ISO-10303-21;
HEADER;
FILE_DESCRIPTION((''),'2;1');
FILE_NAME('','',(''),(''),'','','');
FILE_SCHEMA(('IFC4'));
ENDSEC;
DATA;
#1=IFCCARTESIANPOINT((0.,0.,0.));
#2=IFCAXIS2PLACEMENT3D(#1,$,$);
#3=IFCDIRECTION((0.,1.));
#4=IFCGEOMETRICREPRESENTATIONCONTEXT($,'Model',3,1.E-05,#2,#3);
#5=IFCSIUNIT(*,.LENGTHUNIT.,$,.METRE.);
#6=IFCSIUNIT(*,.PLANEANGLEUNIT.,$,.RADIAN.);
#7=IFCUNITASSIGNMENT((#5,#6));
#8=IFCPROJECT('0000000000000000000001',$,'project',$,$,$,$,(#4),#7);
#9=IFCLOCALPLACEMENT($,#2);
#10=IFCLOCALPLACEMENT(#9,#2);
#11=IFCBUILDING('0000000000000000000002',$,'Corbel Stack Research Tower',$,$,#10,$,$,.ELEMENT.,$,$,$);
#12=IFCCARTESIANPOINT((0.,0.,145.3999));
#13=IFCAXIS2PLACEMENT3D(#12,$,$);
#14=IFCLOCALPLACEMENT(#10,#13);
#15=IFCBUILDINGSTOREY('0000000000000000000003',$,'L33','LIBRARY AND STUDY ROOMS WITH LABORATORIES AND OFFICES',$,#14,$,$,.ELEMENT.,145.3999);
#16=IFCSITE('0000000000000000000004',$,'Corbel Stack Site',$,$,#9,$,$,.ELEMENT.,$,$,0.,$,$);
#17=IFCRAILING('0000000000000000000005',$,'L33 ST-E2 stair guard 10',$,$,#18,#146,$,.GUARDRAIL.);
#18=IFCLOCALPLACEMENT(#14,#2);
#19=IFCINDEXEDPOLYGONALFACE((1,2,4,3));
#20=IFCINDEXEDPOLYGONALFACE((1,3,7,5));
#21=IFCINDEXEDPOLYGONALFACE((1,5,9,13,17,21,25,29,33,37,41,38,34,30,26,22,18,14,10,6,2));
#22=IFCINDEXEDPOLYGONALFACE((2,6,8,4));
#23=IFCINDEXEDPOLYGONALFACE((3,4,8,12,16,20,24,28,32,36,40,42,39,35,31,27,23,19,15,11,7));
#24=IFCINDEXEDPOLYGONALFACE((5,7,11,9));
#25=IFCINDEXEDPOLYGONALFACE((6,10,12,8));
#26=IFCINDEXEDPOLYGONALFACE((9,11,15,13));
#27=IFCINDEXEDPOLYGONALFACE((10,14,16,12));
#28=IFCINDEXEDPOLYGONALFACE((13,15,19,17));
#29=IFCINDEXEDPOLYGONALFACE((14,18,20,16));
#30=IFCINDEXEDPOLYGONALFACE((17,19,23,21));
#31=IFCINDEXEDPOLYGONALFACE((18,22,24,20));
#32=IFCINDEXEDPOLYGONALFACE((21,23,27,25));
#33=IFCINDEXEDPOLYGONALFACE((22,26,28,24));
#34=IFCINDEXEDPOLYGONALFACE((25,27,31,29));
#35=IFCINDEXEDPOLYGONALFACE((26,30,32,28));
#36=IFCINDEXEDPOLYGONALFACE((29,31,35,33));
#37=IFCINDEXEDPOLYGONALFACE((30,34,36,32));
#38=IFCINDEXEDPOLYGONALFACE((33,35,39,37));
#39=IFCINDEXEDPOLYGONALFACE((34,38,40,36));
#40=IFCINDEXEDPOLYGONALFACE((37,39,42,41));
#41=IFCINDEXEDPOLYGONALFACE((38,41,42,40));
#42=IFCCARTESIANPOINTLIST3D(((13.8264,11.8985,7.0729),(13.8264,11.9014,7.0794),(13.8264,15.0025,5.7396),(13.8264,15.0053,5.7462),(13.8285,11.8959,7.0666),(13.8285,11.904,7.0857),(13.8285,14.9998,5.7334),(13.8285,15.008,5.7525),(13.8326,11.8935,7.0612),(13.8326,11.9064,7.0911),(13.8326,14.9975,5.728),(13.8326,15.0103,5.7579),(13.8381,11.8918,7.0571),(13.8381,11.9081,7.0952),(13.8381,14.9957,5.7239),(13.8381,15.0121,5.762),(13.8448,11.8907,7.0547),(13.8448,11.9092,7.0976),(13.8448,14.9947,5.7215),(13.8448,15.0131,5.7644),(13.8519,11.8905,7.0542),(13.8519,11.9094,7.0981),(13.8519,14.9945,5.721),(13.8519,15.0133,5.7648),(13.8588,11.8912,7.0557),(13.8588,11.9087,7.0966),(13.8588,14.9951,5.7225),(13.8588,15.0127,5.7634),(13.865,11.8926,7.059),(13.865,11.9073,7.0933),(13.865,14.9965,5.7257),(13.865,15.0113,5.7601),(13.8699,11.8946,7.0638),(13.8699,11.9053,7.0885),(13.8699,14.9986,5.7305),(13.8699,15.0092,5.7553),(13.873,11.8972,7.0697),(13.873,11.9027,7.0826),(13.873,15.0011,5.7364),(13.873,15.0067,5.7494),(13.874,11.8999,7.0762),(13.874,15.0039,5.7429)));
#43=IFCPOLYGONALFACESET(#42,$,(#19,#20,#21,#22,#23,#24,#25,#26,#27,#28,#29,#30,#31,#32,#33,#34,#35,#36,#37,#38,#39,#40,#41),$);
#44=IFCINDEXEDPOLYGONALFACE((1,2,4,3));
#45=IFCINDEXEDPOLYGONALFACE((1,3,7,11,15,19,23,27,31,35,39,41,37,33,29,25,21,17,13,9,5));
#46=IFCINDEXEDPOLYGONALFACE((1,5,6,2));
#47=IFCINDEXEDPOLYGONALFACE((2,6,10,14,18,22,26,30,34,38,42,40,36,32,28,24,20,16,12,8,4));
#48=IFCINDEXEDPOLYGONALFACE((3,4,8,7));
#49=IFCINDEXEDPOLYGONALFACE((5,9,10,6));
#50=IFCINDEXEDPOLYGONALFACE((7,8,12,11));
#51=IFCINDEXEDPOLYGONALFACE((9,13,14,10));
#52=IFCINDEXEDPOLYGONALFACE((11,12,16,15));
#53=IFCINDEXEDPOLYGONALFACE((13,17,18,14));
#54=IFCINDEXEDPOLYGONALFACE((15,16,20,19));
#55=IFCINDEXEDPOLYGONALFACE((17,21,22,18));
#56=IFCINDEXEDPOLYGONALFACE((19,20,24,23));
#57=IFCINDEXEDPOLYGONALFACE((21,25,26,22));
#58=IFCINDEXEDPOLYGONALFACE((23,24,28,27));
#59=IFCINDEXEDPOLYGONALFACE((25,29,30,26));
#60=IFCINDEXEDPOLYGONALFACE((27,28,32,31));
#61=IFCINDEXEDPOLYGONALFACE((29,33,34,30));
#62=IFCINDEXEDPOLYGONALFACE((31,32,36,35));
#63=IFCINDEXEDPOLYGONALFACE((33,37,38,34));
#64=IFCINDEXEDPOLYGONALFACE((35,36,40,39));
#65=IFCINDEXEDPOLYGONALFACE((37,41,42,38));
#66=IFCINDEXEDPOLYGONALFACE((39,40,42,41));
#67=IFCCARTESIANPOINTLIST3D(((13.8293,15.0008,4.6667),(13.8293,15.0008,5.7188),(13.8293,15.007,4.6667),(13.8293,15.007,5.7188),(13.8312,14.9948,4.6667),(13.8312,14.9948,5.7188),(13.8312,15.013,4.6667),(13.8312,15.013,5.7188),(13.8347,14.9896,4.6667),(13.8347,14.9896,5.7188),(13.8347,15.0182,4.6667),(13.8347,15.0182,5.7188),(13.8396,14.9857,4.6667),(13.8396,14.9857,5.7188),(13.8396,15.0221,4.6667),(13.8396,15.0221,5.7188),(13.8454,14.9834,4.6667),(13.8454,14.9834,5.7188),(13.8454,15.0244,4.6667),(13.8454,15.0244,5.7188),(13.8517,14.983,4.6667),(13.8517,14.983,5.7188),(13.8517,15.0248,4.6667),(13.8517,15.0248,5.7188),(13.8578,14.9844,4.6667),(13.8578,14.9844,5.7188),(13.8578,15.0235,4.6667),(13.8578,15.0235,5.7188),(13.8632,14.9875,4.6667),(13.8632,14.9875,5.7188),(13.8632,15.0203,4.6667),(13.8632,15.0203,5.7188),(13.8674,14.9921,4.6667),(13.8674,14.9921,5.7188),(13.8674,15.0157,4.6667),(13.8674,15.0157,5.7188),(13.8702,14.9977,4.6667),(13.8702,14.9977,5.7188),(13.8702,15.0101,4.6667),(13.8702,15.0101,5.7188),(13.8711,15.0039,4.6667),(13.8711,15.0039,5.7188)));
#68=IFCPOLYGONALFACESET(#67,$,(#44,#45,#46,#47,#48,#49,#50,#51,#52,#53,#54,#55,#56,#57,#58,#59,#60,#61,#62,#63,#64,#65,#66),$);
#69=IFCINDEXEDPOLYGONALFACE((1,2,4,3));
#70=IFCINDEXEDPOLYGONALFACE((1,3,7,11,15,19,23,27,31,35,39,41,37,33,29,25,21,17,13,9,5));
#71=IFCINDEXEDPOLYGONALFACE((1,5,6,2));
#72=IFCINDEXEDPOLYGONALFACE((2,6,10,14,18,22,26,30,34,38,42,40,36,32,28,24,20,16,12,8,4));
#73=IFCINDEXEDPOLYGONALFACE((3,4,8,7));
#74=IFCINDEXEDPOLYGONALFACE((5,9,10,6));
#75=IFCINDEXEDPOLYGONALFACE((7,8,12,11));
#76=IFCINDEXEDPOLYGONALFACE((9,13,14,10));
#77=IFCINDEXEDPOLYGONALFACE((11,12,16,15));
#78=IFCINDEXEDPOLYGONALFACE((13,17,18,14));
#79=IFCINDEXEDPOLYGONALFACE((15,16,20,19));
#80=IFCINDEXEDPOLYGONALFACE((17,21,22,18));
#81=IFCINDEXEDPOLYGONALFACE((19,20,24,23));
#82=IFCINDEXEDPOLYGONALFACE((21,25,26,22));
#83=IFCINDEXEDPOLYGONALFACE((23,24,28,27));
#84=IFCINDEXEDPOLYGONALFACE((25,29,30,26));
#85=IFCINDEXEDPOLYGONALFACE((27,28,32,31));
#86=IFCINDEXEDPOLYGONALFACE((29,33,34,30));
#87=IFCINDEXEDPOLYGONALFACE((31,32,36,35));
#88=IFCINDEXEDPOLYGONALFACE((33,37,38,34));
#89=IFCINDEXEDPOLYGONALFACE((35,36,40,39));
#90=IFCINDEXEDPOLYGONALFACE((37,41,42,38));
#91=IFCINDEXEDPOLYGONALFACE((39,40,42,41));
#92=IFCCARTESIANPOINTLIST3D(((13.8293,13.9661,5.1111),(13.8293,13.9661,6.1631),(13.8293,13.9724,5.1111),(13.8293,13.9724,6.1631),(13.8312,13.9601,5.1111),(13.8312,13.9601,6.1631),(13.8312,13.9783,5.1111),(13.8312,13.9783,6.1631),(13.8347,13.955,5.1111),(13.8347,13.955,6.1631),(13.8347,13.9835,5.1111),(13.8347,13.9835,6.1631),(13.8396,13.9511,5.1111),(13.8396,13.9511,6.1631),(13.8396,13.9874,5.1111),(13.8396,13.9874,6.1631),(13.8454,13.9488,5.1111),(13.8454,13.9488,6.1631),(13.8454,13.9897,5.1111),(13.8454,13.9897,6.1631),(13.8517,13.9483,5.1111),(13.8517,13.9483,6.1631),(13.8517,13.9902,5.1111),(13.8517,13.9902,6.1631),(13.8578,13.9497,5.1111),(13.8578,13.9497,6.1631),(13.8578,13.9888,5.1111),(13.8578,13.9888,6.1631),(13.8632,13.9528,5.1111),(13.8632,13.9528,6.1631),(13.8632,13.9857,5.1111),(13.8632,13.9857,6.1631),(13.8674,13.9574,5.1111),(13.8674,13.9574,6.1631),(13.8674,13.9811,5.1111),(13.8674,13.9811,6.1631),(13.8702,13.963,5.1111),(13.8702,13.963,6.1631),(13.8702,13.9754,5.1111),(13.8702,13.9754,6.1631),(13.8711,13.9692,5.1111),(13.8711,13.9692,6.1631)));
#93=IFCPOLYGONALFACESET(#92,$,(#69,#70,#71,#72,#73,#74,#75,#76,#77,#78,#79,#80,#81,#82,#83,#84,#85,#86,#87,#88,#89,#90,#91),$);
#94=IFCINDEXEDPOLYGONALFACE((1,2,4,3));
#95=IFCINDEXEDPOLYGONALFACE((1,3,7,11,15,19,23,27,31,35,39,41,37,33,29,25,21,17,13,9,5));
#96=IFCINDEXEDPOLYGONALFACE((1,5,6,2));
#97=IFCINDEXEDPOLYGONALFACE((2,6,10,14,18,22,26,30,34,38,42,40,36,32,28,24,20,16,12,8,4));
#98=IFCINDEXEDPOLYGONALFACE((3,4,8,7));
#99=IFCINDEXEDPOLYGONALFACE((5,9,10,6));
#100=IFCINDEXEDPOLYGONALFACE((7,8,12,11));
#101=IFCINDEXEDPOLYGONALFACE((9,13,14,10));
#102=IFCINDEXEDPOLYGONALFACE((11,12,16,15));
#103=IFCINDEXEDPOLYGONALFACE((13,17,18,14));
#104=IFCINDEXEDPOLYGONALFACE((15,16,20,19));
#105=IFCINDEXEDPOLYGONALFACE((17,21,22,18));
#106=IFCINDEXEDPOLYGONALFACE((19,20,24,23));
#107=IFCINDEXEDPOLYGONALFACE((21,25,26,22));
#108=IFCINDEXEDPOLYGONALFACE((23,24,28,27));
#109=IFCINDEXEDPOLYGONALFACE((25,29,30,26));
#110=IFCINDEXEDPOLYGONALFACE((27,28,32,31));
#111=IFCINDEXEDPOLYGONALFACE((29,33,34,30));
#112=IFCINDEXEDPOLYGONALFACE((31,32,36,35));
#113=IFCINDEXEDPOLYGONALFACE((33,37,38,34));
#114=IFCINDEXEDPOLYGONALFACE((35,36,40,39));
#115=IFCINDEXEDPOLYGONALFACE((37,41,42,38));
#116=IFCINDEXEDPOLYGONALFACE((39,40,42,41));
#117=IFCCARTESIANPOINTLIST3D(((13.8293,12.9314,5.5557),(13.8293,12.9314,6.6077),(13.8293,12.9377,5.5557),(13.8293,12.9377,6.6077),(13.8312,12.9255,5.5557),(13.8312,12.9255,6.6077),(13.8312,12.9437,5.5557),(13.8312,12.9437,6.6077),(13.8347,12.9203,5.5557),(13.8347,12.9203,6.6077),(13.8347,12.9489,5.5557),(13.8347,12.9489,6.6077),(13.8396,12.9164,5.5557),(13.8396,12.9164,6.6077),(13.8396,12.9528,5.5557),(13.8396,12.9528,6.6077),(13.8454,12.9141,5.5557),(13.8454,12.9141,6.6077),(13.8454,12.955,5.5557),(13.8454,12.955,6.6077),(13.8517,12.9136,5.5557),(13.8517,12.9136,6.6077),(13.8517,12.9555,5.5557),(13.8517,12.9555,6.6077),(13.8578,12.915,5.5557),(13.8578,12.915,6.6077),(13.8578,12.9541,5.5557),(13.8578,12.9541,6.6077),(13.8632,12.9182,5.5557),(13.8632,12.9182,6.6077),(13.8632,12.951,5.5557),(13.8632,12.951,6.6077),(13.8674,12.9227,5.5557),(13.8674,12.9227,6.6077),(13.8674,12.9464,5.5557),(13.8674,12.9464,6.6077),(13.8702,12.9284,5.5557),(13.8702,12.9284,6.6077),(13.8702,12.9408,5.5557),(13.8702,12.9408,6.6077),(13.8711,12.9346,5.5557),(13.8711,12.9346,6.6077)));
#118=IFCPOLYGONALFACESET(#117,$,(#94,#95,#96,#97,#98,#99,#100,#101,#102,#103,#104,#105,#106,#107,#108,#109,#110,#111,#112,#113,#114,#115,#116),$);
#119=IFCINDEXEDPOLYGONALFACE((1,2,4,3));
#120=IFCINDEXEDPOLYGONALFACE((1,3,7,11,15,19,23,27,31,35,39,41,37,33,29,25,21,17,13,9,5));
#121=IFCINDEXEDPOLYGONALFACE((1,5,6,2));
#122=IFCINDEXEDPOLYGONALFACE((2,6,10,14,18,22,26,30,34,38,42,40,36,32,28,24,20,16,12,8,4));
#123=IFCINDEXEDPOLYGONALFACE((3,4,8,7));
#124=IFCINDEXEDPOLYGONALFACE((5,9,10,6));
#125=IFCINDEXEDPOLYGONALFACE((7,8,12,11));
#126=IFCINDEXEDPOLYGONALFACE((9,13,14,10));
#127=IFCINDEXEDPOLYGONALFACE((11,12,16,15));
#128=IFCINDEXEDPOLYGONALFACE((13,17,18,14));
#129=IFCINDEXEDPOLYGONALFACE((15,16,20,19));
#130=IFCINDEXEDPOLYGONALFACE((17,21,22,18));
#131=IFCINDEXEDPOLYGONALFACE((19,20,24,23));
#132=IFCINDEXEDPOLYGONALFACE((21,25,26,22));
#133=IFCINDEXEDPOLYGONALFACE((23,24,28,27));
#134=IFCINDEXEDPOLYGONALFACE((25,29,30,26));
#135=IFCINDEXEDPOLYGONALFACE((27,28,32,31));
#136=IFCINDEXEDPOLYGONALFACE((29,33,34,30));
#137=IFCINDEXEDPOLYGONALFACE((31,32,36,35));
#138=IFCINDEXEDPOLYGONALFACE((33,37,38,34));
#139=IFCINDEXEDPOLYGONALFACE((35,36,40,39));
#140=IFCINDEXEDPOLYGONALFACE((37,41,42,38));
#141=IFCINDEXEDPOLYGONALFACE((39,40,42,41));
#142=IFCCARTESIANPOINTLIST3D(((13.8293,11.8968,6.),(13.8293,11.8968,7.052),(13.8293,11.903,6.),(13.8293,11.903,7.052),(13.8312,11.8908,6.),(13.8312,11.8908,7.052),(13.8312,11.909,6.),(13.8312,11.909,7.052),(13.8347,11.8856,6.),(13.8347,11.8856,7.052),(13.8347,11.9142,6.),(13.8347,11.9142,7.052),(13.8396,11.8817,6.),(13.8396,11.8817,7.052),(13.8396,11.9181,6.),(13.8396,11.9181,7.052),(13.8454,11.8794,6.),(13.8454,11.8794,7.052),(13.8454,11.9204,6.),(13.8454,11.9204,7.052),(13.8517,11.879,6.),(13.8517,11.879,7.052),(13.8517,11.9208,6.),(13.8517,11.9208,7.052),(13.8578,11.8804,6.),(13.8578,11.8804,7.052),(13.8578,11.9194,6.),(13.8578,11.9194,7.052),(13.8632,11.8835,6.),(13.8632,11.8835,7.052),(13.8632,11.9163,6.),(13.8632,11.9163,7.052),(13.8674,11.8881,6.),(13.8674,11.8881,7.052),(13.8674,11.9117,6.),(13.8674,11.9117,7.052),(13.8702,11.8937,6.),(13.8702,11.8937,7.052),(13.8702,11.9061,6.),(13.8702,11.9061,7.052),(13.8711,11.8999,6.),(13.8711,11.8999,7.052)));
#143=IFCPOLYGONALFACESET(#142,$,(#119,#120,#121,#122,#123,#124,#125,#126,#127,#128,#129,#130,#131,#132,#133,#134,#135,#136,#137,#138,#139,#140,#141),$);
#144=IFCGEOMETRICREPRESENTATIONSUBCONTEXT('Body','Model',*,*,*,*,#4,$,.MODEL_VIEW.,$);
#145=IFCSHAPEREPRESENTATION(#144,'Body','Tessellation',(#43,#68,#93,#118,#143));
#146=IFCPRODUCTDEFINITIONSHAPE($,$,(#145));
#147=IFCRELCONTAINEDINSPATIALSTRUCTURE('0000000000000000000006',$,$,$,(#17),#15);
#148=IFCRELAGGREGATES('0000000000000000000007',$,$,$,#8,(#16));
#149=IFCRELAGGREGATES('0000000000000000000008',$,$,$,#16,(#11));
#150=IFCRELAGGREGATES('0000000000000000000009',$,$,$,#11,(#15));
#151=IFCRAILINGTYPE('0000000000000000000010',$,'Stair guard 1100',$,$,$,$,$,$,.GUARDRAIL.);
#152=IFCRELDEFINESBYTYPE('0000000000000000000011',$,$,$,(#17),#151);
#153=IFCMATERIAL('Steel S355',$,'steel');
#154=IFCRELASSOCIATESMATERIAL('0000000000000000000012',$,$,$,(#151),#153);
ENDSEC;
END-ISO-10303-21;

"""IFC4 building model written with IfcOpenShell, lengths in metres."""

from ifc_helpers import new_model, si_unit, direction, frame, origin, origin_2d, place, context, subcontext, project, spatial, circle, extrude, material, type_object, element, save


model = new_model("IFC4")

# Units and contexts
model_context = context("Model", 3, precision=1e-05, world=origin(), true_north=direction((0.0, 1.0)))
body_context = subcontext(model_context, "Body", "Model", "MODEL_VIEW")
ifc_project = project(units=[si_unit("LENGTHUNIT", "METRE"), si_unit("PLANEANGLEUNIT", "RADIAN")], contexts=[model_context])

# Site, building, storey
site_placement = place(None, origin())
site = spatial("IfcSite", under=ifc_project, at=site_placement, Name="Corbel Stack Site", CompositionType="ELEMENT", RefElevation=0.0)
building_placement = place(site_placement, origin())
building = spatial("IfcBuilding", under=site, at=building_placement, Name="Corbel Stack Research Tower", CompositionType="ELEMENT")
storey_placement = place(building_placement, frame((0.0, 0.0, 145.3999)))
storey = spatial("IfcBuildingStorey", under=building, at=storey_placement, Name="L33", Description="LIBRARY AND STUDY ROOMS WITH LABORATORIES AND OFFICES", CompositionType="ELEMENT", Elevation=145.3999)

# Railing
ifc_material_1 = material(Name="Steel S355", Category="steel")
railing_type_1 = type_object("IfcRailingType", Name="Stair guard 1100", PredefinedType="GUARDRAIL", material=ifc_material_1)
railing_1_placement = place(storey_placement, frame((13.8501, 15.0039, 4.6667)))
element("IfcRailing", 1, at=railing_1_placement, inside=storey, type_object=railing_type_1, Name="L33 ST-E2 stair guard 10", PredefinedType="GUARDRAIL", context=body_context, shape_type="SweptSolid", body=[
    extrude(circle(Radius=0.0239, at=origin_2d()), frame((0.0, 0.0, 1.0762), z_axis=(0.0, -0.918827, 0.394661), x_axis=(1.0, 0.0, 0.0)), (0.0, 0.0, 1.0), 3.3782),
    extrude(circle(Radius=0.021, at=origin_2d()), origin(), (0.0, 0.0, 1.0), 1.052),
    extrude(circle(Radius=0.021, at=origin_2d()), frame((0.0, -1.0347, 0.4443)), (0.0, 0.0, 1.0), 1.052),
    extrude(circle(Radius=0.021, at=origin_2d()), frame((0.0, -2.0693, 0.8889)), (0.0, 0.0, 1.0), 1.052),
    extrude(circle(Radius=0.021, at=origin_2d()), frame((0.0, -3.104, 1.3333)), (0.0, 0.0, 1.0), 1.052),
])

save(model, "model.ifc")
